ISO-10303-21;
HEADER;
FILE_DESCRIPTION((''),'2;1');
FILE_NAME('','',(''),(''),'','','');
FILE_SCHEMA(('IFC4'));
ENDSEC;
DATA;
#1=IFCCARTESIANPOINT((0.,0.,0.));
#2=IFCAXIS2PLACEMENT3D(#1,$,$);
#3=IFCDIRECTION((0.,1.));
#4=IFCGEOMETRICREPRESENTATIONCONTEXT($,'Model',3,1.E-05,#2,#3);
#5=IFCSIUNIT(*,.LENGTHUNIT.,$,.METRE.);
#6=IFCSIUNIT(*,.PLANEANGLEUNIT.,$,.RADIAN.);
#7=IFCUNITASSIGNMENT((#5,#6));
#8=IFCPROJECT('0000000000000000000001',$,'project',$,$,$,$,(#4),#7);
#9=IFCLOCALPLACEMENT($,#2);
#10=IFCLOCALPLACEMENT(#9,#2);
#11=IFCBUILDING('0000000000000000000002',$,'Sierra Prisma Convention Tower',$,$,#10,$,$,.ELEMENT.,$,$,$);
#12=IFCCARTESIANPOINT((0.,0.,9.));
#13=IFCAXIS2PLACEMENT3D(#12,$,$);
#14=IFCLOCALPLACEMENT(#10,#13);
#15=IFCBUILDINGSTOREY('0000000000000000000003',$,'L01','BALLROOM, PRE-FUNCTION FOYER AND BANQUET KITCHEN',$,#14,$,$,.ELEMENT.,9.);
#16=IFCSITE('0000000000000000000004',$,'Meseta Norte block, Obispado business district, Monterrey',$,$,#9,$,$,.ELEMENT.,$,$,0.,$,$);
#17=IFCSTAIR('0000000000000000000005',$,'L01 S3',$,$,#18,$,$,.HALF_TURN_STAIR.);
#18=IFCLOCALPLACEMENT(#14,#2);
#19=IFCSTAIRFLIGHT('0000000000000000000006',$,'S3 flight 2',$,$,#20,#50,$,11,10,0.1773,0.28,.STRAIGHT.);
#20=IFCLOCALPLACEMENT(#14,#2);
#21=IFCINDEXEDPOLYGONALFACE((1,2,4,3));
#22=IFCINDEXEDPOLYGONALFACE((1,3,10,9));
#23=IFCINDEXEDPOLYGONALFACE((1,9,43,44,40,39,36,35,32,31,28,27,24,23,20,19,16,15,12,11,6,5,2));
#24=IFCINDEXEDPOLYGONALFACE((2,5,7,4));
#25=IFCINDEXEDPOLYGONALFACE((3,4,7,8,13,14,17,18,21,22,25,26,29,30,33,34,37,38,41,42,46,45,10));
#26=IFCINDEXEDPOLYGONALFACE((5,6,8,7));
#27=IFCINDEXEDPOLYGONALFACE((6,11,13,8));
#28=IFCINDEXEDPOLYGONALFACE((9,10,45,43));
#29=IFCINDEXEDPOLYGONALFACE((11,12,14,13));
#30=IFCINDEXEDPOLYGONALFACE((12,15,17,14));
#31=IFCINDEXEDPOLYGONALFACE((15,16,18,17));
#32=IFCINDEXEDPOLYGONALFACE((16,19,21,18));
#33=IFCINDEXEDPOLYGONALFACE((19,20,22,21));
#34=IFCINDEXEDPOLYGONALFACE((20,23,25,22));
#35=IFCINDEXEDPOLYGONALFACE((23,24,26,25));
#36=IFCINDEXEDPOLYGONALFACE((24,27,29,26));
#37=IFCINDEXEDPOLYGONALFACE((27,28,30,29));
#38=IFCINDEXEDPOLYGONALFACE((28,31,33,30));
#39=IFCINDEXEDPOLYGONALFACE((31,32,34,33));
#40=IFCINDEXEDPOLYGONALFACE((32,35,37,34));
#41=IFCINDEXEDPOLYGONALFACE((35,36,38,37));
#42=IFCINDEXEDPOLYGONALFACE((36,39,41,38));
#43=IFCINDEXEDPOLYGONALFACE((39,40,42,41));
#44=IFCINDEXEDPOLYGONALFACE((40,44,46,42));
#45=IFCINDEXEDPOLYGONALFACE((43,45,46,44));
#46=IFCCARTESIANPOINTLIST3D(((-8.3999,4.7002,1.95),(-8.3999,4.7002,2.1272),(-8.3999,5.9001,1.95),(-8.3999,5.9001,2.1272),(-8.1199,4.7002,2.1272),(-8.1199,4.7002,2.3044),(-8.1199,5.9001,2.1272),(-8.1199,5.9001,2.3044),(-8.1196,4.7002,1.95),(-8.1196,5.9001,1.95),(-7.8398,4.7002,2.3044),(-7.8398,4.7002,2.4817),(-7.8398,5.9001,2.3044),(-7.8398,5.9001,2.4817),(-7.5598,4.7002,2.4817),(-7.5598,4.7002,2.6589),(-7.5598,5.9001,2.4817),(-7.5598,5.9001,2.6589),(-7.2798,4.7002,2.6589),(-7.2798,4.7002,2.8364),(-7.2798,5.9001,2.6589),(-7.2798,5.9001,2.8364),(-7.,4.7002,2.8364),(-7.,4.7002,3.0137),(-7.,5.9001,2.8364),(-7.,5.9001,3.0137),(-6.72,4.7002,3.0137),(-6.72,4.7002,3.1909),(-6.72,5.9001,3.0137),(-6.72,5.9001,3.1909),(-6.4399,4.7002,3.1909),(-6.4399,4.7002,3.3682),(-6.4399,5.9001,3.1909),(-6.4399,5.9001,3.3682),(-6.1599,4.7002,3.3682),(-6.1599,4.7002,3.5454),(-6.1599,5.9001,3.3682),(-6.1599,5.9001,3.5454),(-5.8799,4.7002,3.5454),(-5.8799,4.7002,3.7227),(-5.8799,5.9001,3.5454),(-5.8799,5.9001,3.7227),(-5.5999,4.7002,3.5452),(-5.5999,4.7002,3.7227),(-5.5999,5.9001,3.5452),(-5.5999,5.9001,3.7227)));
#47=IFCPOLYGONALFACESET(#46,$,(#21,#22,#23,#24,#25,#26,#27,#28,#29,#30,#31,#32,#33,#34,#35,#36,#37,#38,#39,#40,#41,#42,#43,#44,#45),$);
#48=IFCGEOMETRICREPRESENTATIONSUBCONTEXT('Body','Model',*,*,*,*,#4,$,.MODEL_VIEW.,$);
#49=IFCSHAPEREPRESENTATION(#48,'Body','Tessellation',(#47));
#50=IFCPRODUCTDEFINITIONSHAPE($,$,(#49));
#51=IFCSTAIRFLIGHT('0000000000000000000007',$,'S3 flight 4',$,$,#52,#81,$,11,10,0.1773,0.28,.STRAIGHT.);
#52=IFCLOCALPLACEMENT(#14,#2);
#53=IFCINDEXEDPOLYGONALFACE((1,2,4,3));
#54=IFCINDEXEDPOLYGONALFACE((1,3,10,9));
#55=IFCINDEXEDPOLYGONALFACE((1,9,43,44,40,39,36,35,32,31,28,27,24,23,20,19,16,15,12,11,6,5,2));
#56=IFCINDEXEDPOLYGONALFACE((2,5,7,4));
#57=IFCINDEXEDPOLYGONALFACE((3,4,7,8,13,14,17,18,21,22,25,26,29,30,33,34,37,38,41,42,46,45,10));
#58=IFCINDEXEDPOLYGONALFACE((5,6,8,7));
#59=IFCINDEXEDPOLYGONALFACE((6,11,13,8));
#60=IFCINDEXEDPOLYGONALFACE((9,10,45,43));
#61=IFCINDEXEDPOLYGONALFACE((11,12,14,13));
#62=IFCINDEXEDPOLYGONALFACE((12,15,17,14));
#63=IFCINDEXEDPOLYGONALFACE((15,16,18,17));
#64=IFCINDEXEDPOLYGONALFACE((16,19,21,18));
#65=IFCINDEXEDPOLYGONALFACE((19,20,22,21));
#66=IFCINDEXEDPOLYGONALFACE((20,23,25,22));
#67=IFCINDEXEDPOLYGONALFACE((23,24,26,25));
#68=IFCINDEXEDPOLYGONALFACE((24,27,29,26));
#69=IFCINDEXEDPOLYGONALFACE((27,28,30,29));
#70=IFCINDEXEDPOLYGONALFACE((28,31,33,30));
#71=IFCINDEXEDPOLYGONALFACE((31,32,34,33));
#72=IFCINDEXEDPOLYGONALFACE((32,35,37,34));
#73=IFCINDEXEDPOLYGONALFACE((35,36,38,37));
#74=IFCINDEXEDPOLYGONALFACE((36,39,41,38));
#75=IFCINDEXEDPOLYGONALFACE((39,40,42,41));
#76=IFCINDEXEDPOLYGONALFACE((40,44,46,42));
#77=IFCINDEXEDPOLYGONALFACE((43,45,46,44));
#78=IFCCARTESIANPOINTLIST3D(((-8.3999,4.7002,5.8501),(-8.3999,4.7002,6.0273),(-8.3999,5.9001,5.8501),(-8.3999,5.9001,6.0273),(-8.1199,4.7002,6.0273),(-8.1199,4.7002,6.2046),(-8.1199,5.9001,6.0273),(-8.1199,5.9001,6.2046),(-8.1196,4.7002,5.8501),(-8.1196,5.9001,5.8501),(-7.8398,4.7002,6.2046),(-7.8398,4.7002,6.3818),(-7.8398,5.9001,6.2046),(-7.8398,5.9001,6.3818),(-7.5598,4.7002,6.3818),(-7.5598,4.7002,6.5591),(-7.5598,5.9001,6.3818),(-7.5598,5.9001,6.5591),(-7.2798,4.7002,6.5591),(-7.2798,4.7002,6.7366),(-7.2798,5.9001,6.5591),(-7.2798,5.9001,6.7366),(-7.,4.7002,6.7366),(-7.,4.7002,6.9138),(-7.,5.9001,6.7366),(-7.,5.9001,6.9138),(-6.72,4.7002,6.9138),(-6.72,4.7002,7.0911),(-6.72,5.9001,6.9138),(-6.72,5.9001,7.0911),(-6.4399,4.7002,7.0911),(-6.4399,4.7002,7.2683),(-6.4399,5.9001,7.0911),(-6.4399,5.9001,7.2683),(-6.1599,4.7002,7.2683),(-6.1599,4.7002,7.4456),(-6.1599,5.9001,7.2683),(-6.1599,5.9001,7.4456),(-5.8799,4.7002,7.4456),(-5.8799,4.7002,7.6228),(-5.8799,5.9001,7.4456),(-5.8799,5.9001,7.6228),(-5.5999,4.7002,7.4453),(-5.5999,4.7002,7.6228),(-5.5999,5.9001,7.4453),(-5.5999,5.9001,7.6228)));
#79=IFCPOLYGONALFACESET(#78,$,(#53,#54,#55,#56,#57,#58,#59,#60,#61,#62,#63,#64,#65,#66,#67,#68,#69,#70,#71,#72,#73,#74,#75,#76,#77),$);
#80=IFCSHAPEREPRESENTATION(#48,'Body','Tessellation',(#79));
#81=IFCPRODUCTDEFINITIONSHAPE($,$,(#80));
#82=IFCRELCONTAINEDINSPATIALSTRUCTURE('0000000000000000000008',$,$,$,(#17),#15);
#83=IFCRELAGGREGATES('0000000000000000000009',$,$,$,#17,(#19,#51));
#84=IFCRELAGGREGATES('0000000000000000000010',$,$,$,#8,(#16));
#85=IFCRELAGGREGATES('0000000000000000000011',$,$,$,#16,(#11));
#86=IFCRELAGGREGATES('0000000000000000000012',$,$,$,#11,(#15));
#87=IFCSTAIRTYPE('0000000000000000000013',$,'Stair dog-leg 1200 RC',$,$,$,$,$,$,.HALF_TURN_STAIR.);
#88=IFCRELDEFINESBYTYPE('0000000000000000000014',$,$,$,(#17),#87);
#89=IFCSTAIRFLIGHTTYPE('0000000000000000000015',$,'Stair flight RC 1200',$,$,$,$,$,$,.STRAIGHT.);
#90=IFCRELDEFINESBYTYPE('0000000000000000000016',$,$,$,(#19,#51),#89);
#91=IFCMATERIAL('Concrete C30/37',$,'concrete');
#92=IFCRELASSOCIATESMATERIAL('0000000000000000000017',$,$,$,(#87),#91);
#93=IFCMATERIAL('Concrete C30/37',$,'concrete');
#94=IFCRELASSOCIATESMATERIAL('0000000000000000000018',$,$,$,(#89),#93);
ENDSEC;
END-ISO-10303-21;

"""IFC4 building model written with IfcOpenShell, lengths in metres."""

from ifc_helpers import new_model, si_unit, direction, frame, origin, place, context, subcontext, project, spatial, polyline, outline, extrude, material, type_object, element, aggregate, save


model = new_model("IFC4")

# Units and contexts
model_context = context("Model", 3, precision=1e-05, world=origin(), true_north=direction((0.0, 1.0)))
body_context = subcontext(model_context, "Body", "Model", "MODEL_VIEW")
ifc_project = project(units=[si_unit("LENGTHUNIT", "METRE"), si_unit("PLANEANGLEUNIT", "RADIAN")], contexts=[model_context])

# Site, building, storey
site_placement = place(None, origin())
site = spatial("IfcSite", under=ifc_project, at=site_placement, Name="Meseta Norte block, Obispado business district, Monterrey", CompositionType="ELEMENT", RefElevation=0.0)
building_placement = place(site_placement, origin())
building = spatial("IfcBuilding", under=site, at=building_placement, Name="Sierra Prisma Convention Tower", CompositionType="ELEMENT")
storey_placement = place(building_placement, frame((0.0, 0.0, 9.0)))
storey = spatial("IfcBuildingStorey", under=building, at=storey_placement, Name="L01", Description="BALLROOM, PRE-FUNCTION FOYER AND BANQUET KITCHEN", CompositionType="ELEMENT", Elevation=9.0)

# Stair, stair flights
ifc_material_1 = material(Name="Concrete C30/37", Category="concrete")
stair_type = type_object("IfcStairType", Name="Stair dog-leg 1200 RC", PredefinedType="HALF_TURN_STAIR", material=ifc_material_1)
stair_placement = place(storey_placement, origin())
stair = element("IfcStair", 1, at=stair_placement, inside=storey, type_object=stair_type, Name="L01 S3", PredefinedType="HALF_TURN_STAIR")
ifc_material_2 = material(Name="Concrete C30/37", Category="concrete")
stair_flight_type = type_object("IfcStairFlightType", Name="Stair flight RC 1200", PredefinedType="STRAIGHT", material=ifc_material_2)
stair_flight_1_placement = place(storey_placement, frame((-8.3999, 5.3, 1.95), z_axis=(0.0, 0.0, 1.0), x_axis=(1.0, 0.0, 0.0)))
stair_flight_1 = element("IfcStairFlight", 2, at=stair_flight_1_placement, type_object=stair_flight_type, Name="S3 flight 2", NumberOfRisers=11, NumberOfTreads=10, PredefinedType="STRAIGHT", RiserHeight=0.1773, TreadLength=0.28, context=body_context, shape_type="SweptSolid", body=[
    extrude(outline(polyline([(0.0, 0.0), (0.0, 0.1772), (0.28, 0.1772), (0.28, 0.3545), (0.5601, 0.3545), (0.5601, 0.5317), (0.8401, 0.5317), (0.8401, 0.709), (1.1201, 0.709), (1.1201, 0.8865), (1.3999, 0.8865), (1.3999, 1.0637), (1.6799, 1.0637), (1.6799, 1.241), (1.96, 1.241), (1.96, 1.4182), (2.24, 1.4182), (2.24, 1.5955), (2.52, 1.5955), (2.52, 1.7727), (2.8, 1.7727), (2.8, 1.95), (2.8, 1.5952), (0.2803, 0.0), (0.0, 0.0)])), frame((0.0, 0.6001, 0.0), z_axis=(0.0, -1.0, 0.0), x_axis=(1.0, 0.0, 0.0)), (0.0, 0.0, 1.0), 1.2),
])
stair_flight_2_placement = place(storey_placement, frame((-8.3999, 5.3, 5.8501), z_axis=(0.0, 0.0, 1.0), x_axis=(1.0, 0.0, 0.0)))
stair_flight_2 = element("IfcStairFlight", 3, at=stair_flight_2_placement, type_object=stair_flight_type, Name="S3 flight 4", NumberOfRisers=11, NumberOfTreads=10, PredefinedType="STRAIGHT", RiserHeight=0.1773, TreadLength=0.28, context=body_context, shape_type="SweptSolid", body=[
    extrude(outline(polyline([(0.0, 0.0), (0.0, 0.1772), (0.28, 0.1772), (0.28, 0.3545), (0.5601, 0.3545), (0.5601, 0.5317), (0.8401, 0.5317), (0.8401, 0.709), (1.1201, 0.709), (1.1201, 0.8865), (1.3999, 0.8865), (1.3999, 1.0637), (1.6799, 1.0637), (1.6799, 1.241), (1.96, 1.241), (1.96, 1.4182), (2.24, 1.4182), (2.24, 1.5955), (2.52, 1.5955), (2.52, 1.7727), (2.8, 1.7727), (2.8, 1.95), (2.8, 1.5952), (0.2803, 0.0), (0.0, 0.0)])), frame((0.0, 0.6001, 0.0), z_axis=(0.0, -1.0, 0.0), x_axis=(1.0, 0.0, 0.0)), (0.0, 0.0, 1.0), 1.2),
])
aggregate(stair, [stair_flight_1, stair_flight_2])

save(model, "model.ifc")
